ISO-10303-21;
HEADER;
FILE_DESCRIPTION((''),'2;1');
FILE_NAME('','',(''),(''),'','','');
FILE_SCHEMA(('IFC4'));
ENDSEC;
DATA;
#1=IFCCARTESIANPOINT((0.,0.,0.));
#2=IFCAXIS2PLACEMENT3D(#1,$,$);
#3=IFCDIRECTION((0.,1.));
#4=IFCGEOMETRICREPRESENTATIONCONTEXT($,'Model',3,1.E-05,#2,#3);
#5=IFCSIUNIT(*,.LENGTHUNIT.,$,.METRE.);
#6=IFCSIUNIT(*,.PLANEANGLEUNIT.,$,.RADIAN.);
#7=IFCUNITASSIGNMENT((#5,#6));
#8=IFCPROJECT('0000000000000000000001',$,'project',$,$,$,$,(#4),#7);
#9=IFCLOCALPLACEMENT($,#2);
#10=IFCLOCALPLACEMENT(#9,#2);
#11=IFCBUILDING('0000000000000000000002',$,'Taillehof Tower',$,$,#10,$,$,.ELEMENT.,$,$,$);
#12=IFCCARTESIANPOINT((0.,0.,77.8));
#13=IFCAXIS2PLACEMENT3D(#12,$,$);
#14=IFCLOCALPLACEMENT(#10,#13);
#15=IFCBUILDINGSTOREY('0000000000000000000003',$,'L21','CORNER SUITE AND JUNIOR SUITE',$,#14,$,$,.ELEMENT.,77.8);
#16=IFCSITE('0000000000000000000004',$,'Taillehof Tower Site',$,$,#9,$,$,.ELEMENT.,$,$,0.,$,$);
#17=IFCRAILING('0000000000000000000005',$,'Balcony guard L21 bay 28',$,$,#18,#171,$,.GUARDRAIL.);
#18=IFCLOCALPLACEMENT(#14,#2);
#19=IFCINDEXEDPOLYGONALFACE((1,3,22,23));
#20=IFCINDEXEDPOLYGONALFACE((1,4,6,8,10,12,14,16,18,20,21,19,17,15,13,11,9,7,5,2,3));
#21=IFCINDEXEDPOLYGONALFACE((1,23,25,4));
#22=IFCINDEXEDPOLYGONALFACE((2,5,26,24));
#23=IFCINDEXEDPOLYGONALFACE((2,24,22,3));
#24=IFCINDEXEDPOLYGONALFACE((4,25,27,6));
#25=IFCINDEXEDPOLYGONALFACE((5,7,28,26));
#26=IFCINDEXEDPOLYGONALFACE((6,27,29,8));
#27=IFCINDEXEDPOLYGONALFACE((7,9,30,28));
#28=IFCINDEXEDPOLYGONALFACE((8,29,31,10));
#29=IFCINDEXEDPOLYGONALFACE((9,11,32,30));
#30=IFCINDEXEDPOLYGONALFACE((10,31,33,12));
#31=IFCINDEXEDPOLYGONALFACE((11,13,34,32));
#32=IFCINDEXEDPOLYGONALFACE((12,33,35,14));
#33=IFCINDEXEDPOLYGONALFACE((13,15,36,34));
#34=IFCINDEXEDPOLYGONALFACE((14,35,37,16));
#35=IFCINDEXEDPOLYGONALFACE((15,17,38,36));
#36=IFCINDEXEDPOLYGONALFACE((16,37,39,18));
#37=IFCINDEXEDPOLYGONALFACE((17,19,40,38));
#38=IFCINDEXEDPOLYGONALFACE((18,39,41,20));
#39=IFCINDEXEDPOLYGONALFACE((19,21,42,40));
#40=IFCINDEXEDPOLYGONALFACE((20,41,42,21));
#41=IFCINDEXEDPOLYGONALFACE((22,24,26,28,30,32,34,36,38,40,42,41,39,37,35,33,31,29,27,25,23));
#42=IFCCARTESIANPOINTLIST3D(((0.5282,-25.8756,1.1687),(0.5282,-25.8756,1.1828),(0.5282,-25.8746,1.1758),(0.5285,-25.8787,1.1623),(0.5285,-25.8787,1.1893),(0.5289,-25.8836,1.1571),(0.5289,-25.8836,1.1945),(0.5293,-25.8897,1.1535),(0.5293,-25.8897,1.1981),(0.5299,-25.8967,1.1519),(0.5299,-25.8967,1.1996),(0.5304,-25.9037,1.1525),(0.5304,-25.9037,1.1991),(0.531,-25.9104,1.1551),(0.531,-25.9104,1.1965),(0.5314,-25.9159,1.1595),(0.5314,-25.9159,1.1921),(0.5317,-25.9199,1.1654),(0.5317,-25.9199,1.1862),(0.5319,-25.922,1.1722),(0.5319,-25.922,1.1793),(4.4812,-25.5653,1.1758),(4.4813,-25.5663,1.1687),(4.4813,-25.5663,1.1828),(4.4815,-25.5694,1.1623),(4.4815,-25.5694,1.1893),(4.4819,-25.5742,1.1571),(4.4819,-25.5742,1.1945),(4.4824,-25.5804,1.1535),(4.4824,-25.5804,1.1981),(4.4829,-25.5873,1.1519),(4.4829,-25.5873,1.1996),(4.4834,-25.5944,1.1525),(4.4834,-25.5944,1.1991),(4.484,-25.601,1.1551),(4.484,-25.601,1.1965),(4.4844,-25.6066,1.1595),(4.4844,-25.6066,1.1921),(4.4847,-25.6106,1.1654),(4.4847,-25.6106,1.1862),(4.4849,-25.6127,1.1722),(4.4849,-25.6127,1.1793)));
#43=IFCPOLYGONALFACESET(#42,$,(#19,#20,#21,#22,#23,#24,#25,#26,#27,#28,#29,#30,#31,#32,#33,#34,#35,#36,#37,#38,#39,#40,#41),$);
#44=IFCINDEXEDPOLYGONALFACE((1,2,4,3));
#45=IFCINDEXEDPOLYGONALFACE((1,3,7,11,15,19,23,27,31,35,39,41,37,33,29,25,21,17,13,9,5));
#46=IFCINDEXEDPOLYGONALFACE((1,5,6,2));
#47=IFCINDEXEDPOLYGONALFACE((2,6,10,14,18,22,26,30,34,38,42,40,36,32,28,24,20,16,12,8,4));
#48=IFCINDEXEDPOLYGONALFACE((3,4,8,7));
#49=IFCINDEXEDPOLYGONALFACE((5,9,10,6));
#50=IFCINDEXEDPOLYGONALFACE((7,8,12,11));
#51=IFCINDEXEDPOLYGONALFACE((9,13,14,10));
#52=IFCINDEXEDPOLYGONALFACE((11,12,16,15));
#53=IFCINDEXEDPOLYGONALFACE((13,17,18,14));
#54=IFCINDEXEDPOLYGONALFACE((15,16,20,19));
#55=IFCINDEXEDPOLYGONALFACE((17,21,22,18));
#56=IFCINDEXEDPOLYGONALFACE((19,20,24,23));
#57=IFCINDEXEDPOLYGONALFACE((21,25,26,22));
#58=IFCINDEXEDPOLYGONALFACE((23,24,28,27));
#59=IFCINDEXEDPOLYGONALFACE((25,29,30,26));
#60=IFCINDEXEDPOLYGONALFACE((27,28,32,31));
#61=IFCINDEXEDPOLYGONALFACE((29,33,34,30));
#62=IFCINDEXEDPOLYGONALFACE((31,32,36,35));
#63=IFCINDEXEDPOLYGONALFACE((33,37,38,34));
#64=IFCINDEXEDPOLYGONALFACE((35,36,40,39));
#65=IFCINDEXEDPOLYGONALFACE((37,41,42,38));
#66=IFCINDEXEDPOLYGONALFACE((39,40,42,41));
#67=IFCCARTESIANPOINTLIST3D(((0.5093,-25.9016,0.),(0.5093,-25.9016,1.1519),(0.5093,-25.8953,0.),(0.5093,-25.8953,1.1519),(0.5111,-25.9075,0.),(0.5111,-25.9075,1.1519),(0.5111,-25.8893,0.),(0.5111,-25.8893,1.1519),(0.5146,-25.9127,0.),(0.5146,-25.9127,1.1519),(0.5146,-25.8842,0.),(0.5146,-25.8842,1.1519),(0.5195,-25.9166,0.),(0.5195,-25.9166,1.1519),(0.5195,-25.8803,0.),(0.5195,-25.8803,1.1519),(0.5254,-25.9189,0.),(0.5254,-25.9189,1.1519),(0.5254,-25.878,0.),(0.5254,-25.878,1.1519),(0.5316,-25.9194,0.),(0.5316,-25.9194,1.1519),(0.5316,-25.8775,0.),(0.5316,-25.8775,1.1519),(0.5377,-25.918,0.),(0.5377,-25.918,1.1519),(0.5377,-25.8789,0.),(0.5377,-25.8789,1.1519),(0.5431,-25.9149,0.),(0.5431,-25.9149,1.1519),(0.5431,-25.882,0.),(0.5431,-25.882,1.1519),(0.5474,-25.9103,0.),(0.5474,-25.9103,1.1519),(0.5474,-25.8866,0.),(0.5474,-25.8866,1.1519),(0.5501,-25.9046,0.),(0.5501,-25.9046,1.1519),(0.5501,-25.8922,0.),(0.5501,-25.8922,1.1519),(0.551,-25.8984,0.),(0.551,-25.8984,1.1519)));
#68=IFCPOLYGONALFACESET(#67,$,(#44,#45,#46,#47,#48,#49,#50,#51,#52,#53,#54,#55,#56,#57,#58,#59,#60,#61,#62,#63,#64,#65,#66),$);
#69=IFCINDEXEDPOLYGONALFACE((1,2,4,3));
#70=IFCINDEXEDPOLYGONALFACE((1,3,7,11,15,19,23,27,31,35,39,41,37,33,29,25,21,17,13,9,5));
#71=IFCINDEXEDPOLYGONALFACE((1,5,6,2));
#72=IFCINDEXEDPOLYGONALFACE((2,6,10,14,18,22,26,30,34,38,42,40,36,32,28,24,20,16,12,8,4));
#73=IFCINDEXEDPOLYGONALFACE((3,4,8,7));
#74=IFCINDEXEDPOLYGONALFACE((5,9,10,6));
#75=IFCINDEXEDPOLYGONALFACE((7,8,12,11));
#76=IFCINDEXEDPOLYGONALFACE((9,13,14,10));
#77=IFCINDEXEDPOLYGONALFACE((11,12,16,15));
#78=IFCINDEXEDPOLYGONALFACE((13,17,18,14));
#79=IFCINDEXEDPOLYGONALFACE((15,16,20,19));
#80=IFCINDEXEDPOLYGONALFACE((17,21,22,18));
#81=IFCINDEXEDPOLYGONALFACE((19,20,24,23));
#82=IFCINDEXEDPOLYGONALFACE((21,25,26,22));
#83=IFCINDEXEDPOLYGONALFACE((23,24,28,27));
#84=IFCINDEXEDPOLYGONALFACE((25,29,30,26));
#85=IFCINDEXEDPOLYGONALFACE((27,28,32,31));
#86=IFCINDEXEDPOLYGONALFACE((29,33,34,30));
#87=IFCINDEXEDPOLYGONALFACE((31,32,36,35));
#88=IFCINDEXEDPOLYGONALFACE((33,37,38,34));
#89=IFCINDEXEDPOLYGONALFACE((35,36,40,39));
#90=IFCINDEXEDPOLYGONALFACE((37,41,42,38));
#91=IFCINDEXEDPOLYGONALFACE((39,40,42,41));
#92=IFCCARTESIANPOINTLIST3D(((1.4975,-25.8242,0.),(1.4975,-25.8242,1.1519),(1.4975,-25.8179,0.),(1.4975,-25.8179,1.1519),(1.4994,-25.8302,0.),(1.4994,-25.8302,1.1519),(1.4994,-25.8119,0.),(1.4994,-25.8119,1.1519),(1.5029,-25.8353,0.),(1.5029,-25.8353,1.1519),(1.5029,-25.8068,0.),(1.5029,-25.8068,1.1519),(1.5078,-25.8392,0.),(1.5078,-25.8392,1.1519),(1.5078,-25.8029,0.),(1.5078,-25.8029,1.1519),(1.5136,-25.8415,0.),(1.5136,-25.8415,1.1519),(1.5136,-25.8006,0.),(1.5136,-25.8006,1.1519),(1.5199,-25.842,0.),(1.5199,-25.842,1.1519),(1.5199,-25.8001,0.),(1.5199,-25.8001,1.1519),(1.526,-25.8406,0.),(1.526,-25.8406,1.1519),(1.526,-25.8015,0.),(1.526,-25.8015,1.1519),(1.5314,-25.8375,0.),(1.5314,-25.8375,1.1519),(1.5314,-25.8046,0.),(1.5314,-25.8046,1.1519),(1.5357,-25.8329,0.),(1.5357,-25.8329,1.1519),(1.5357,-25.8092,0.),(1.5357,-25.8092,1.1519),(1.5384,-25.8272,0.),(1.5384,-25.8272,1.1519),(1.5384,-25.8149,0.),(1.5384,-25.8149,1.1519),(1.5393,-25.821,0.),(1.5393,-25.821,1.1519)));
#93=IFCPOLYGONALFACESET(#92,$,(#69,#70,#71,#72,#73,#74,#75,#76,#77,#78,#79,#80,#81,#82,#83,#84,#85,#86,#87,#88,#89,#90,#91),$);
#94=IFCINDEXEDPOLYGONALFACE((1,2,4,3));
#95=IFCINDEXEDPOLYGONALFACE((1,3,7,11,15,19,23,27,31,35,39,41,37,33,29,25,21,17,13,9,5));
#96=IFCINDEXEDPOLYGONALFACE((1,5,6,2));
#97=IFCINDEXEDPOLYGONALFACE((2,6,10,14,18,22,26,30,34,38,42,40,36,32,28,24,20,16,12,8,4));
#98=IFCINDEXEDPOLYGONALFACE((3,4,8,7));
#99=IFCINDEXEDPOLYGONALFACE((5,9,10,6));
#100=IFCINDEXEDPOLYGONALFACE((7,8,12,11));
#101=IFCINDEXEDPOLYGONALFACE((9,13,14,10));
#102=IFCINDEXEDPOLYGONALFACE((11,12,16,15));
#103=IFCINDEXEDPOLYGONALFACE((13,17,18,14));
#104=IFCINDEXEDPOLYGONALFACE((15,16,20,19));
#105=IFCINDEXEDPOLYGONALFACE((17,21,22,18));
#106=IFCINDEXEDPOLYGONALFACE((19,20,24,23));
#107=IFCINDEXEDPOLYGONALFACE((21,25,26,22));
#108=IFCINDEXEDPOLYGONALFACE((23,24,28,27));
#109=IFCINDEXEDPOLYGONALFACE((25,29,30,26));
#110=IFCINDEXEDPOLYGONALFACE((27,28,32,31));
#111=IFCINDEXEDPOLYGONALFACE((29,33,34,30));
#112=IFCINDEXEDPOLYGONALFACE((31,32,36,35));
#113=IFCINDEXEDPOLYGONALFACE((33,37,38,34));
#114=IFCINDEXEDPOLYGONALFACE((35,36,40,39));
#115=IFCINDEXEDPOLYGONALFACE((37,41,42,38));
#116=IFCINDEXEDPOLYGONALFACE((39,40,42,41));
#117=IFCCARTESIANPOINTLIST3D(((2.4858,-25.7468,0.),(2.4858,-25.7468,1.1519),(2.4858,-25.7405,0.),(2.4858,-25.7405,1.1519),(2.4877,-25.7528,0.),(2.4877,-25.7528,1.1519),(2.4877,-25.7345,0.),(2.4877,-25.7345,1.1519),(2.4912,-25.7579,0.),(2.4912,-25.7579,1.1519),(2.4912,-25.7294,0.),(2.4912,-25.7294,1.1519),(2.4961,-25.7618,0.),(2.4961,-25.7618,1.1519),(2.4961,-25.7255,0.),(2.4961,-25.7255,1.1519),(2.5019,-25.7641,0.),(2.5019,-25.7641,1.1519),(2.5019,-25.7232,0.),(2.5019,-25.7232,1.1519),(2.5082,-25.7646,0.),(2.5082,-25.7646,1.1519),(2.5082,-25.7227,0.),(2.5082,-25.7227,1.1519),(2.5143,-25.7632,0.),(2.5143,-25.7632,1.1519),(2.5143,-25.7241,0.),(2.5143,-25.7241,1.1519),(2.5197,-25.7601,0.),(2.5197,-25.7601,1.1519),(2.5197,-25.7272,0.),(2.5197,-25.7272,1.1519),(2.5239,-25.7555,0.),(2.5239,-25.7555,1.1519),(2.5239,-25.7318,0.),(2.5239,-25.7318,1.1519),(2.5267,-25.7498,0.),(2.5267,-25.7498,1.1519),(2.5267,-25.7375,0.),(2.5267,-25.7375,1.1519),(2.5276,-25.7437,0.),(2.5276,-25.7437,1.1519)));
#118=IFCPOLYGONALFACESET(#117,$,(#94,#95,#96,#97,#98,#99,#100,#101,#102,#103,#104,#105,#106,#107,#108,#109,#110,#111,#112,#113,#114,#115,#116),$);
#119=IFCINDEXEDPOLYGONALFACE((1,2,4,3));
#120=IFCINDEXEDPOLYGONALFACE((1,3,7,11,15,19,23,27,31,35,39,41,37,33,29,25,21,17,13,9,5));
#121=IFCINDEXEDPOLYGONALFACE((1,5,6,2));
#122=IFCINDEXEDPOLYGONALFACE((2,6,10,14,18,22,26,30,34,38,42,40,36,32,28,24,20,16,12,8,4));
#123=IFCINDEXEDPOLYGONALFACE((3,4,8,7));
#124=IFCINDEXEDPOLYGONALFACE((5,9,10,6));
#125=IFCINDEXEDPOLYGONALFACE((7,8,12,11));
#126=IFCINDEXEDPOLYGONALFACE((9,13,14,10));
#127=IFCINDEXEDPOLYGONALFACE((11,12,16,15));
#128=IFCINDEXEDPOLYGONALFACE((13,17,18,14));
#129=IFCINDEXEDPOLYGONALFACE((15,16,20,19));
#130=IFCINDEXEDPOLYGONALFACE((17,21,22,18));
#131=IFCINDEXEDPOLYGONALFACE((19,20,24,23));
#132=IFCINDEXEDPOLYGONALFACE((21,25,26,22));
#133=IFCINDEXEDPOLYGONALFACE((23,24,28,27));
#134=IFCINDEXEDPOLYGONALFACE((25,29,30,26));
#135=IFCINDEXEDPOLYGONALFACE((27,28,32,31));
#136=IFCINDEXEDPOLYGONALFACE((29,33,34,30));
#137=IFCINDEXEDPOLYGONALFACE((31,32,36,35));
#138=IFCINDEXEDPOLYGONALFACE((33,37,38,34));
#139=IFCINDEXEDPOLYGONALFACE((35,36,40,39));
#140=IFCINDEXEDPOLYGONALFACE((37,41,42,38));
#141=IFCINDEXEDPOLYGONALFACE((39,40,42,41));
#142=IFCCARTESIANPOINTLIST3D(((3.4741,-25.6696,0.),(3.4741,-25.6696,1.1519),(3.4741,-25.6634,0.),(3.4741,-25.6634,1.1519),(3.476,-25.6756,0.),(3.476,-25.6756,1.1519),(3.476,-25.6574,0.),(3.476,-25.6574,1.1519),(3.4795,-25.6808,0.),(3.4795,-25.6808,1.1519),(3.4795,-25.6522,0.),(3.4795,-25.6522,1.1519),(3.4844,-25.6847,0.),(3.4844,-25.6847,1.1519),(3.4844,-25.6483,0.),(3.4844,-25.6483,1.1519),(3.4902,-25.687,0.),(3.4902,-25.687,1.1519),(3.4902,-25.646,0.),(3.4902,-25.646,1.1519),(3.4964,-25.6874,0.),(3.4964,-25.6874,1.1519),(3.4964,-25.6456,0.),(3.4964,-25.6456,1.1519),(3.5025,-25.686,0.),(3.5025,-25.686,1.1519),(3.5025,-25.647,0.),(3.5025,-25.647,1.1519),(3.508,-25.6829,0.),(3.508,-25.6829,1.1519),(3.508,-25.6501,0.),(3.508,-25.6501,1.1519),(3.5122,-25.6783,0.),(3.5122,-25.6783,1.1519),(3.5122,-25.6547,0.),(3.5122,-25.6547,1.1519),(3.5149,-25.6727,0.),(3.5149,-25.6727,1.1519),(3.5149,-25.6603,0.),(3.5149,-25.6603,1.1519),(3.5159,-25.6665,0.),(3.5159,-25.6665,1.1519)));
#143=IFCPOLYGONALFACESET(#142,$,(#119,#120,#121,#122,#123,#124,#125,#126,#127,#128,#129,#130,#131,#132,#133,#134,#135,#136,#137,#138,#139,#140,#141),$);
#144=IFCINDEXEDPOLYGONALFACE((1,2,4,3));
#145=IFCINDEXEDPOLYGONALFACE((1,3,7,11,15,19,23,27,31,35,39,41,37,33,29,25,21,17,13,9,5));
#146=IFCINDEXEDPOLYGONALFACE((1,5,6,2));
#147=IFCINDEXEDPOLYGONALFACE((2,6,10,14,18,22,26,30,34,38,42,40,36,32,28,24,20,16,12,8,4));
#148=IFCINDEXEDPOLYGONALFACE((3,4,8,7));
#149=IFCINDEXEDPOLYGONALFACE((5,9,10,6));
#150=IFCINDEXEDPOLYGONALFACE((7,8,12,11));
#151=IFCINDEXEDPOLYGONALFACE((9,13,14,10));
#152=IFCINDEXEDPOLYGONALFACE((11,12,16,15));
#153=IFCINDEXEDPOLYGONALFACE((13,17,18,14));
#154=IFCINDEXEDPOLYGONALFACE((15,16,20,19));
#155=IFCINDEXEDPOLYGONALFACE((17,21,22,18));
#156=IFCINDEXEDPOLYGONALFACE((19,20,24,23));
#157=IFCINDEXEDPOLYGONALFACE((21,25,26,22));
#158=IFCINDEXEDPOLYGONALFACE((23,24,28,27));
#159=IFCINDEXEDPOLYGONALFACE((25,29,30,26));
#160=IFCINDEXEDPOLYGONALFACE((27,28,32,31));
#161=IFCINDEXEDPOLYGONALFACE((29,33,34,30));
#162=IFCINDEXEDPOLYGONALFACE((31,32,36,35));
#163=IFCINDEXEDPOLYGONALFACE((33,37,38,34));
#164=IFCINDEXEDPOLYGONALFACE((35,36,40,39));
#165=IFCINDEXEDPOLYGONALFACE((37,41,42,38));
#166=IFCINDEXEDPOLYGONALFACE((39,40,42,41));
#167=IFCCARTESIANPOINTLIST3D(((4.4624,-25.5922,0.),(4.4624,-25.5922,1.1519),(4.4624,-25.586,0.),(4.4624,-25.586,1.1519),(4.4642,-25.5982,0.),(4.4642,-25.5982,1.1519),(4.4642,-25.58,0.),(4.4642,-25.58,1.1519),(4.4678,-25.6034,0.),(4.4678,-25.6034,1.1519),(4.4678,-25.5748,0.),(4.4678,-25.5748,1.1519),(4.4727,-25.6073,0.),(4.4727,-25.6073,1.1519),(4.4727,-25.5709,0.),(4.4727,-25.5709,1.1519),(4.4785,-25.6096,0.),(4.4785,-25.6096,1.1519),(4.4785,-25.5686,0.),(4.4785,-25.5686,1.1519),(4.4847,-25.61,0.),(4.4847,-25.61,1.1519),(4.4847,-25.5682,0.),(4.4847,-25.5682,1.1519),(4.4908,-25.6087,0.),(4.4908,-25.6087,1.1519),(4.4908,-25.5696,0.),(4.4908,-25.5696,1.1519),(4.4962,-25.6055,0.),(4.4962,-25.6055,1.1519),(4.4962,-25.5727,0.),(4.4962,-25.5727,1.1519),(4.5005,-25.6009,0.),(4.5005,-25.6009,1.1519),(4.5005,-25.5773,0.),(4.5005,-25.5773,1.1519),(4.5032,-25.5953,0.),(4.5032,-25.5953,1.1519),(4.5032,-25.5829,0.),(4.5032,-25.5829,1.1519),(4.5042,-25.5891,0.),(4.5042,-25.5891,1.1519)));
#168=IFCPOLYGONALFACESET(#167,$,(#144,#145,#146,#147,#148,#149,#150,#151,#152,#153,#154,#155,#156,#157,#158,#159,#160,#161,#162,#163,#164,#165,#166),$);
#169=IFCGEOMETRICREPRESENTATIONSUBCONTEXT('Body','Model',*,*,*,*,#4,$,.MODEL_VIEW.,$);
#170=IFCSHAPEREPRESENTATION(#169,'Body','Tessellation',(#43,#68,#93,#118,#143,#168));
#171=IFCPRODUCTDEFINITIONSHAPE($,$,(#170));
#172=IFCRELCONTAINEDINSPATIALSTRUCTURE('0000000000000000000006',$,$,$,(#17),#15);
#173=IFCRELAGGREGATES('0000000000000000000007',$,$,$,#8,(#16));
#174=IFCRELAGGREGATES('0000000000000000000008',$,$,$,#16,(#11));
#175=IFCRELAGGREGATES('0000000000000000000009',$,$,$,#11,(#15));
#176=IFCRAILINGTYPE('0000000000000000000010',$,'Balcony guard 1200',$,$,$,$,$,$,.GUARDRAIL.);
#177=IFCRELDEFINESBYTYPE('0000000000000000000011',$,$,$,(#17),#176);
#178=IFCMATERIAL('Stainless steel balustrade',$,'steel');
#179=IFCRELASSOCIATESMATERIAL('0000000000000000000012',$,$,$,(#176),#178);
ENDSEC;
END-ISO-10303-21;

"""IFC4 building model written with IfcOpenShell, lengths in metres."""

from ifc_helpers import new_model, si_unit, direction, frame, origin, origin_2d, place, context, subcontext, project, spatial, circle, extrude, material, type_object, element, save


model = new_model("IFC4")

# Units and contexts
model_context = context("Model", 3, precision=1e-05, world=origin(), true_north=direction((0.0, 1.0)))
body_context = subcontext(model_context, "Body", "Model", "MODEL_VIEW")
ifc_project = project(units=[si_unit("LENGTHUNIT", "METRE"), si_unit("PLANEANGLEUNIT", "RADIAN")], contexts=[model_context])

# Site, building, storey
site_placement = place(None, origin())
site = spatial("IfcSite", under=ifc_project, at=site_placement, Name="Taillehof Tower Site", CompositionType="ELEMENT", RefElevation=0.0)
building_placement = place(site_placement, origin())
building = spatial("IfcBuilding", under=site, at=building_placement, Name="Taillehof Tower", CompositionType="ELEMENT")
storey_placement = place(building_placement, frame((0.0, 0.0, 77.8)))
storey = spatial("IfcBuildingStorey", under=building, at=storey_placement, Name="L21", Description="CORNER SUITE AND JUNIOR SUITE", CompositionType="ELEMENT", Elevation=77.8)

# Railing
ifc_material_1 = material(Name="Stainless steel balustrade", Category="steel")
railing_type = type_object("IfcRailingType", Name="Balcony guard 1200", PredefinedType="GUARDRAIL", material=ifc_material_1)
railing_1_placement = place(storey_placement, frame((0.53, -25.8984, 0.0)))
element("IfcRailing", 1, at=railing_1_placement, inside=storey, type_object=railing_type, Name="Balcony guard L21 bay 28", PredefinedType="GUARDRAIL", context=body_context, shape_type="SweptSolid", body=[
    extrude(circle(Radius=0.0239, at=origin_2d()), frame((0.0, 0.0, 1.1758), z_axis=(0.996953, 0.07801, 0.0), x_axis=(-0.07801, 0.996953, 0.0)), (0.0, 0.0, 1.0), 3.9651),
    extrude(circle(Radius=0.021, at=origin_2d()), origin(), (0.0, 0.0, 1.0), 1.1519),
    extrude(circle(Radius=0.021, at=origin_2d()), frame((0.9883, 0.0774, 0.0)), (0.0, 0.0, 1.0), 1.1519),
    extrude(circle(Radius=0.021, at=origin_2d()), frame((1.9766, 0.1548, 0.0)), (0.0, 0.0, 1.0), 1.1519),
    extrude(circle(Radius=0.021, at=origin_2d()), frame((2.9648, 0.2319, 0.0)), (0.0, 0.0, 1.0), 1.1519),
    extrude(circle(Radius=0.021, at=origin_2d()), frame((3.9531, 0.3093, 0.0)), (0.0, 0.0, 1.0), 1.1519),
])

save(model, "model.ifc")
